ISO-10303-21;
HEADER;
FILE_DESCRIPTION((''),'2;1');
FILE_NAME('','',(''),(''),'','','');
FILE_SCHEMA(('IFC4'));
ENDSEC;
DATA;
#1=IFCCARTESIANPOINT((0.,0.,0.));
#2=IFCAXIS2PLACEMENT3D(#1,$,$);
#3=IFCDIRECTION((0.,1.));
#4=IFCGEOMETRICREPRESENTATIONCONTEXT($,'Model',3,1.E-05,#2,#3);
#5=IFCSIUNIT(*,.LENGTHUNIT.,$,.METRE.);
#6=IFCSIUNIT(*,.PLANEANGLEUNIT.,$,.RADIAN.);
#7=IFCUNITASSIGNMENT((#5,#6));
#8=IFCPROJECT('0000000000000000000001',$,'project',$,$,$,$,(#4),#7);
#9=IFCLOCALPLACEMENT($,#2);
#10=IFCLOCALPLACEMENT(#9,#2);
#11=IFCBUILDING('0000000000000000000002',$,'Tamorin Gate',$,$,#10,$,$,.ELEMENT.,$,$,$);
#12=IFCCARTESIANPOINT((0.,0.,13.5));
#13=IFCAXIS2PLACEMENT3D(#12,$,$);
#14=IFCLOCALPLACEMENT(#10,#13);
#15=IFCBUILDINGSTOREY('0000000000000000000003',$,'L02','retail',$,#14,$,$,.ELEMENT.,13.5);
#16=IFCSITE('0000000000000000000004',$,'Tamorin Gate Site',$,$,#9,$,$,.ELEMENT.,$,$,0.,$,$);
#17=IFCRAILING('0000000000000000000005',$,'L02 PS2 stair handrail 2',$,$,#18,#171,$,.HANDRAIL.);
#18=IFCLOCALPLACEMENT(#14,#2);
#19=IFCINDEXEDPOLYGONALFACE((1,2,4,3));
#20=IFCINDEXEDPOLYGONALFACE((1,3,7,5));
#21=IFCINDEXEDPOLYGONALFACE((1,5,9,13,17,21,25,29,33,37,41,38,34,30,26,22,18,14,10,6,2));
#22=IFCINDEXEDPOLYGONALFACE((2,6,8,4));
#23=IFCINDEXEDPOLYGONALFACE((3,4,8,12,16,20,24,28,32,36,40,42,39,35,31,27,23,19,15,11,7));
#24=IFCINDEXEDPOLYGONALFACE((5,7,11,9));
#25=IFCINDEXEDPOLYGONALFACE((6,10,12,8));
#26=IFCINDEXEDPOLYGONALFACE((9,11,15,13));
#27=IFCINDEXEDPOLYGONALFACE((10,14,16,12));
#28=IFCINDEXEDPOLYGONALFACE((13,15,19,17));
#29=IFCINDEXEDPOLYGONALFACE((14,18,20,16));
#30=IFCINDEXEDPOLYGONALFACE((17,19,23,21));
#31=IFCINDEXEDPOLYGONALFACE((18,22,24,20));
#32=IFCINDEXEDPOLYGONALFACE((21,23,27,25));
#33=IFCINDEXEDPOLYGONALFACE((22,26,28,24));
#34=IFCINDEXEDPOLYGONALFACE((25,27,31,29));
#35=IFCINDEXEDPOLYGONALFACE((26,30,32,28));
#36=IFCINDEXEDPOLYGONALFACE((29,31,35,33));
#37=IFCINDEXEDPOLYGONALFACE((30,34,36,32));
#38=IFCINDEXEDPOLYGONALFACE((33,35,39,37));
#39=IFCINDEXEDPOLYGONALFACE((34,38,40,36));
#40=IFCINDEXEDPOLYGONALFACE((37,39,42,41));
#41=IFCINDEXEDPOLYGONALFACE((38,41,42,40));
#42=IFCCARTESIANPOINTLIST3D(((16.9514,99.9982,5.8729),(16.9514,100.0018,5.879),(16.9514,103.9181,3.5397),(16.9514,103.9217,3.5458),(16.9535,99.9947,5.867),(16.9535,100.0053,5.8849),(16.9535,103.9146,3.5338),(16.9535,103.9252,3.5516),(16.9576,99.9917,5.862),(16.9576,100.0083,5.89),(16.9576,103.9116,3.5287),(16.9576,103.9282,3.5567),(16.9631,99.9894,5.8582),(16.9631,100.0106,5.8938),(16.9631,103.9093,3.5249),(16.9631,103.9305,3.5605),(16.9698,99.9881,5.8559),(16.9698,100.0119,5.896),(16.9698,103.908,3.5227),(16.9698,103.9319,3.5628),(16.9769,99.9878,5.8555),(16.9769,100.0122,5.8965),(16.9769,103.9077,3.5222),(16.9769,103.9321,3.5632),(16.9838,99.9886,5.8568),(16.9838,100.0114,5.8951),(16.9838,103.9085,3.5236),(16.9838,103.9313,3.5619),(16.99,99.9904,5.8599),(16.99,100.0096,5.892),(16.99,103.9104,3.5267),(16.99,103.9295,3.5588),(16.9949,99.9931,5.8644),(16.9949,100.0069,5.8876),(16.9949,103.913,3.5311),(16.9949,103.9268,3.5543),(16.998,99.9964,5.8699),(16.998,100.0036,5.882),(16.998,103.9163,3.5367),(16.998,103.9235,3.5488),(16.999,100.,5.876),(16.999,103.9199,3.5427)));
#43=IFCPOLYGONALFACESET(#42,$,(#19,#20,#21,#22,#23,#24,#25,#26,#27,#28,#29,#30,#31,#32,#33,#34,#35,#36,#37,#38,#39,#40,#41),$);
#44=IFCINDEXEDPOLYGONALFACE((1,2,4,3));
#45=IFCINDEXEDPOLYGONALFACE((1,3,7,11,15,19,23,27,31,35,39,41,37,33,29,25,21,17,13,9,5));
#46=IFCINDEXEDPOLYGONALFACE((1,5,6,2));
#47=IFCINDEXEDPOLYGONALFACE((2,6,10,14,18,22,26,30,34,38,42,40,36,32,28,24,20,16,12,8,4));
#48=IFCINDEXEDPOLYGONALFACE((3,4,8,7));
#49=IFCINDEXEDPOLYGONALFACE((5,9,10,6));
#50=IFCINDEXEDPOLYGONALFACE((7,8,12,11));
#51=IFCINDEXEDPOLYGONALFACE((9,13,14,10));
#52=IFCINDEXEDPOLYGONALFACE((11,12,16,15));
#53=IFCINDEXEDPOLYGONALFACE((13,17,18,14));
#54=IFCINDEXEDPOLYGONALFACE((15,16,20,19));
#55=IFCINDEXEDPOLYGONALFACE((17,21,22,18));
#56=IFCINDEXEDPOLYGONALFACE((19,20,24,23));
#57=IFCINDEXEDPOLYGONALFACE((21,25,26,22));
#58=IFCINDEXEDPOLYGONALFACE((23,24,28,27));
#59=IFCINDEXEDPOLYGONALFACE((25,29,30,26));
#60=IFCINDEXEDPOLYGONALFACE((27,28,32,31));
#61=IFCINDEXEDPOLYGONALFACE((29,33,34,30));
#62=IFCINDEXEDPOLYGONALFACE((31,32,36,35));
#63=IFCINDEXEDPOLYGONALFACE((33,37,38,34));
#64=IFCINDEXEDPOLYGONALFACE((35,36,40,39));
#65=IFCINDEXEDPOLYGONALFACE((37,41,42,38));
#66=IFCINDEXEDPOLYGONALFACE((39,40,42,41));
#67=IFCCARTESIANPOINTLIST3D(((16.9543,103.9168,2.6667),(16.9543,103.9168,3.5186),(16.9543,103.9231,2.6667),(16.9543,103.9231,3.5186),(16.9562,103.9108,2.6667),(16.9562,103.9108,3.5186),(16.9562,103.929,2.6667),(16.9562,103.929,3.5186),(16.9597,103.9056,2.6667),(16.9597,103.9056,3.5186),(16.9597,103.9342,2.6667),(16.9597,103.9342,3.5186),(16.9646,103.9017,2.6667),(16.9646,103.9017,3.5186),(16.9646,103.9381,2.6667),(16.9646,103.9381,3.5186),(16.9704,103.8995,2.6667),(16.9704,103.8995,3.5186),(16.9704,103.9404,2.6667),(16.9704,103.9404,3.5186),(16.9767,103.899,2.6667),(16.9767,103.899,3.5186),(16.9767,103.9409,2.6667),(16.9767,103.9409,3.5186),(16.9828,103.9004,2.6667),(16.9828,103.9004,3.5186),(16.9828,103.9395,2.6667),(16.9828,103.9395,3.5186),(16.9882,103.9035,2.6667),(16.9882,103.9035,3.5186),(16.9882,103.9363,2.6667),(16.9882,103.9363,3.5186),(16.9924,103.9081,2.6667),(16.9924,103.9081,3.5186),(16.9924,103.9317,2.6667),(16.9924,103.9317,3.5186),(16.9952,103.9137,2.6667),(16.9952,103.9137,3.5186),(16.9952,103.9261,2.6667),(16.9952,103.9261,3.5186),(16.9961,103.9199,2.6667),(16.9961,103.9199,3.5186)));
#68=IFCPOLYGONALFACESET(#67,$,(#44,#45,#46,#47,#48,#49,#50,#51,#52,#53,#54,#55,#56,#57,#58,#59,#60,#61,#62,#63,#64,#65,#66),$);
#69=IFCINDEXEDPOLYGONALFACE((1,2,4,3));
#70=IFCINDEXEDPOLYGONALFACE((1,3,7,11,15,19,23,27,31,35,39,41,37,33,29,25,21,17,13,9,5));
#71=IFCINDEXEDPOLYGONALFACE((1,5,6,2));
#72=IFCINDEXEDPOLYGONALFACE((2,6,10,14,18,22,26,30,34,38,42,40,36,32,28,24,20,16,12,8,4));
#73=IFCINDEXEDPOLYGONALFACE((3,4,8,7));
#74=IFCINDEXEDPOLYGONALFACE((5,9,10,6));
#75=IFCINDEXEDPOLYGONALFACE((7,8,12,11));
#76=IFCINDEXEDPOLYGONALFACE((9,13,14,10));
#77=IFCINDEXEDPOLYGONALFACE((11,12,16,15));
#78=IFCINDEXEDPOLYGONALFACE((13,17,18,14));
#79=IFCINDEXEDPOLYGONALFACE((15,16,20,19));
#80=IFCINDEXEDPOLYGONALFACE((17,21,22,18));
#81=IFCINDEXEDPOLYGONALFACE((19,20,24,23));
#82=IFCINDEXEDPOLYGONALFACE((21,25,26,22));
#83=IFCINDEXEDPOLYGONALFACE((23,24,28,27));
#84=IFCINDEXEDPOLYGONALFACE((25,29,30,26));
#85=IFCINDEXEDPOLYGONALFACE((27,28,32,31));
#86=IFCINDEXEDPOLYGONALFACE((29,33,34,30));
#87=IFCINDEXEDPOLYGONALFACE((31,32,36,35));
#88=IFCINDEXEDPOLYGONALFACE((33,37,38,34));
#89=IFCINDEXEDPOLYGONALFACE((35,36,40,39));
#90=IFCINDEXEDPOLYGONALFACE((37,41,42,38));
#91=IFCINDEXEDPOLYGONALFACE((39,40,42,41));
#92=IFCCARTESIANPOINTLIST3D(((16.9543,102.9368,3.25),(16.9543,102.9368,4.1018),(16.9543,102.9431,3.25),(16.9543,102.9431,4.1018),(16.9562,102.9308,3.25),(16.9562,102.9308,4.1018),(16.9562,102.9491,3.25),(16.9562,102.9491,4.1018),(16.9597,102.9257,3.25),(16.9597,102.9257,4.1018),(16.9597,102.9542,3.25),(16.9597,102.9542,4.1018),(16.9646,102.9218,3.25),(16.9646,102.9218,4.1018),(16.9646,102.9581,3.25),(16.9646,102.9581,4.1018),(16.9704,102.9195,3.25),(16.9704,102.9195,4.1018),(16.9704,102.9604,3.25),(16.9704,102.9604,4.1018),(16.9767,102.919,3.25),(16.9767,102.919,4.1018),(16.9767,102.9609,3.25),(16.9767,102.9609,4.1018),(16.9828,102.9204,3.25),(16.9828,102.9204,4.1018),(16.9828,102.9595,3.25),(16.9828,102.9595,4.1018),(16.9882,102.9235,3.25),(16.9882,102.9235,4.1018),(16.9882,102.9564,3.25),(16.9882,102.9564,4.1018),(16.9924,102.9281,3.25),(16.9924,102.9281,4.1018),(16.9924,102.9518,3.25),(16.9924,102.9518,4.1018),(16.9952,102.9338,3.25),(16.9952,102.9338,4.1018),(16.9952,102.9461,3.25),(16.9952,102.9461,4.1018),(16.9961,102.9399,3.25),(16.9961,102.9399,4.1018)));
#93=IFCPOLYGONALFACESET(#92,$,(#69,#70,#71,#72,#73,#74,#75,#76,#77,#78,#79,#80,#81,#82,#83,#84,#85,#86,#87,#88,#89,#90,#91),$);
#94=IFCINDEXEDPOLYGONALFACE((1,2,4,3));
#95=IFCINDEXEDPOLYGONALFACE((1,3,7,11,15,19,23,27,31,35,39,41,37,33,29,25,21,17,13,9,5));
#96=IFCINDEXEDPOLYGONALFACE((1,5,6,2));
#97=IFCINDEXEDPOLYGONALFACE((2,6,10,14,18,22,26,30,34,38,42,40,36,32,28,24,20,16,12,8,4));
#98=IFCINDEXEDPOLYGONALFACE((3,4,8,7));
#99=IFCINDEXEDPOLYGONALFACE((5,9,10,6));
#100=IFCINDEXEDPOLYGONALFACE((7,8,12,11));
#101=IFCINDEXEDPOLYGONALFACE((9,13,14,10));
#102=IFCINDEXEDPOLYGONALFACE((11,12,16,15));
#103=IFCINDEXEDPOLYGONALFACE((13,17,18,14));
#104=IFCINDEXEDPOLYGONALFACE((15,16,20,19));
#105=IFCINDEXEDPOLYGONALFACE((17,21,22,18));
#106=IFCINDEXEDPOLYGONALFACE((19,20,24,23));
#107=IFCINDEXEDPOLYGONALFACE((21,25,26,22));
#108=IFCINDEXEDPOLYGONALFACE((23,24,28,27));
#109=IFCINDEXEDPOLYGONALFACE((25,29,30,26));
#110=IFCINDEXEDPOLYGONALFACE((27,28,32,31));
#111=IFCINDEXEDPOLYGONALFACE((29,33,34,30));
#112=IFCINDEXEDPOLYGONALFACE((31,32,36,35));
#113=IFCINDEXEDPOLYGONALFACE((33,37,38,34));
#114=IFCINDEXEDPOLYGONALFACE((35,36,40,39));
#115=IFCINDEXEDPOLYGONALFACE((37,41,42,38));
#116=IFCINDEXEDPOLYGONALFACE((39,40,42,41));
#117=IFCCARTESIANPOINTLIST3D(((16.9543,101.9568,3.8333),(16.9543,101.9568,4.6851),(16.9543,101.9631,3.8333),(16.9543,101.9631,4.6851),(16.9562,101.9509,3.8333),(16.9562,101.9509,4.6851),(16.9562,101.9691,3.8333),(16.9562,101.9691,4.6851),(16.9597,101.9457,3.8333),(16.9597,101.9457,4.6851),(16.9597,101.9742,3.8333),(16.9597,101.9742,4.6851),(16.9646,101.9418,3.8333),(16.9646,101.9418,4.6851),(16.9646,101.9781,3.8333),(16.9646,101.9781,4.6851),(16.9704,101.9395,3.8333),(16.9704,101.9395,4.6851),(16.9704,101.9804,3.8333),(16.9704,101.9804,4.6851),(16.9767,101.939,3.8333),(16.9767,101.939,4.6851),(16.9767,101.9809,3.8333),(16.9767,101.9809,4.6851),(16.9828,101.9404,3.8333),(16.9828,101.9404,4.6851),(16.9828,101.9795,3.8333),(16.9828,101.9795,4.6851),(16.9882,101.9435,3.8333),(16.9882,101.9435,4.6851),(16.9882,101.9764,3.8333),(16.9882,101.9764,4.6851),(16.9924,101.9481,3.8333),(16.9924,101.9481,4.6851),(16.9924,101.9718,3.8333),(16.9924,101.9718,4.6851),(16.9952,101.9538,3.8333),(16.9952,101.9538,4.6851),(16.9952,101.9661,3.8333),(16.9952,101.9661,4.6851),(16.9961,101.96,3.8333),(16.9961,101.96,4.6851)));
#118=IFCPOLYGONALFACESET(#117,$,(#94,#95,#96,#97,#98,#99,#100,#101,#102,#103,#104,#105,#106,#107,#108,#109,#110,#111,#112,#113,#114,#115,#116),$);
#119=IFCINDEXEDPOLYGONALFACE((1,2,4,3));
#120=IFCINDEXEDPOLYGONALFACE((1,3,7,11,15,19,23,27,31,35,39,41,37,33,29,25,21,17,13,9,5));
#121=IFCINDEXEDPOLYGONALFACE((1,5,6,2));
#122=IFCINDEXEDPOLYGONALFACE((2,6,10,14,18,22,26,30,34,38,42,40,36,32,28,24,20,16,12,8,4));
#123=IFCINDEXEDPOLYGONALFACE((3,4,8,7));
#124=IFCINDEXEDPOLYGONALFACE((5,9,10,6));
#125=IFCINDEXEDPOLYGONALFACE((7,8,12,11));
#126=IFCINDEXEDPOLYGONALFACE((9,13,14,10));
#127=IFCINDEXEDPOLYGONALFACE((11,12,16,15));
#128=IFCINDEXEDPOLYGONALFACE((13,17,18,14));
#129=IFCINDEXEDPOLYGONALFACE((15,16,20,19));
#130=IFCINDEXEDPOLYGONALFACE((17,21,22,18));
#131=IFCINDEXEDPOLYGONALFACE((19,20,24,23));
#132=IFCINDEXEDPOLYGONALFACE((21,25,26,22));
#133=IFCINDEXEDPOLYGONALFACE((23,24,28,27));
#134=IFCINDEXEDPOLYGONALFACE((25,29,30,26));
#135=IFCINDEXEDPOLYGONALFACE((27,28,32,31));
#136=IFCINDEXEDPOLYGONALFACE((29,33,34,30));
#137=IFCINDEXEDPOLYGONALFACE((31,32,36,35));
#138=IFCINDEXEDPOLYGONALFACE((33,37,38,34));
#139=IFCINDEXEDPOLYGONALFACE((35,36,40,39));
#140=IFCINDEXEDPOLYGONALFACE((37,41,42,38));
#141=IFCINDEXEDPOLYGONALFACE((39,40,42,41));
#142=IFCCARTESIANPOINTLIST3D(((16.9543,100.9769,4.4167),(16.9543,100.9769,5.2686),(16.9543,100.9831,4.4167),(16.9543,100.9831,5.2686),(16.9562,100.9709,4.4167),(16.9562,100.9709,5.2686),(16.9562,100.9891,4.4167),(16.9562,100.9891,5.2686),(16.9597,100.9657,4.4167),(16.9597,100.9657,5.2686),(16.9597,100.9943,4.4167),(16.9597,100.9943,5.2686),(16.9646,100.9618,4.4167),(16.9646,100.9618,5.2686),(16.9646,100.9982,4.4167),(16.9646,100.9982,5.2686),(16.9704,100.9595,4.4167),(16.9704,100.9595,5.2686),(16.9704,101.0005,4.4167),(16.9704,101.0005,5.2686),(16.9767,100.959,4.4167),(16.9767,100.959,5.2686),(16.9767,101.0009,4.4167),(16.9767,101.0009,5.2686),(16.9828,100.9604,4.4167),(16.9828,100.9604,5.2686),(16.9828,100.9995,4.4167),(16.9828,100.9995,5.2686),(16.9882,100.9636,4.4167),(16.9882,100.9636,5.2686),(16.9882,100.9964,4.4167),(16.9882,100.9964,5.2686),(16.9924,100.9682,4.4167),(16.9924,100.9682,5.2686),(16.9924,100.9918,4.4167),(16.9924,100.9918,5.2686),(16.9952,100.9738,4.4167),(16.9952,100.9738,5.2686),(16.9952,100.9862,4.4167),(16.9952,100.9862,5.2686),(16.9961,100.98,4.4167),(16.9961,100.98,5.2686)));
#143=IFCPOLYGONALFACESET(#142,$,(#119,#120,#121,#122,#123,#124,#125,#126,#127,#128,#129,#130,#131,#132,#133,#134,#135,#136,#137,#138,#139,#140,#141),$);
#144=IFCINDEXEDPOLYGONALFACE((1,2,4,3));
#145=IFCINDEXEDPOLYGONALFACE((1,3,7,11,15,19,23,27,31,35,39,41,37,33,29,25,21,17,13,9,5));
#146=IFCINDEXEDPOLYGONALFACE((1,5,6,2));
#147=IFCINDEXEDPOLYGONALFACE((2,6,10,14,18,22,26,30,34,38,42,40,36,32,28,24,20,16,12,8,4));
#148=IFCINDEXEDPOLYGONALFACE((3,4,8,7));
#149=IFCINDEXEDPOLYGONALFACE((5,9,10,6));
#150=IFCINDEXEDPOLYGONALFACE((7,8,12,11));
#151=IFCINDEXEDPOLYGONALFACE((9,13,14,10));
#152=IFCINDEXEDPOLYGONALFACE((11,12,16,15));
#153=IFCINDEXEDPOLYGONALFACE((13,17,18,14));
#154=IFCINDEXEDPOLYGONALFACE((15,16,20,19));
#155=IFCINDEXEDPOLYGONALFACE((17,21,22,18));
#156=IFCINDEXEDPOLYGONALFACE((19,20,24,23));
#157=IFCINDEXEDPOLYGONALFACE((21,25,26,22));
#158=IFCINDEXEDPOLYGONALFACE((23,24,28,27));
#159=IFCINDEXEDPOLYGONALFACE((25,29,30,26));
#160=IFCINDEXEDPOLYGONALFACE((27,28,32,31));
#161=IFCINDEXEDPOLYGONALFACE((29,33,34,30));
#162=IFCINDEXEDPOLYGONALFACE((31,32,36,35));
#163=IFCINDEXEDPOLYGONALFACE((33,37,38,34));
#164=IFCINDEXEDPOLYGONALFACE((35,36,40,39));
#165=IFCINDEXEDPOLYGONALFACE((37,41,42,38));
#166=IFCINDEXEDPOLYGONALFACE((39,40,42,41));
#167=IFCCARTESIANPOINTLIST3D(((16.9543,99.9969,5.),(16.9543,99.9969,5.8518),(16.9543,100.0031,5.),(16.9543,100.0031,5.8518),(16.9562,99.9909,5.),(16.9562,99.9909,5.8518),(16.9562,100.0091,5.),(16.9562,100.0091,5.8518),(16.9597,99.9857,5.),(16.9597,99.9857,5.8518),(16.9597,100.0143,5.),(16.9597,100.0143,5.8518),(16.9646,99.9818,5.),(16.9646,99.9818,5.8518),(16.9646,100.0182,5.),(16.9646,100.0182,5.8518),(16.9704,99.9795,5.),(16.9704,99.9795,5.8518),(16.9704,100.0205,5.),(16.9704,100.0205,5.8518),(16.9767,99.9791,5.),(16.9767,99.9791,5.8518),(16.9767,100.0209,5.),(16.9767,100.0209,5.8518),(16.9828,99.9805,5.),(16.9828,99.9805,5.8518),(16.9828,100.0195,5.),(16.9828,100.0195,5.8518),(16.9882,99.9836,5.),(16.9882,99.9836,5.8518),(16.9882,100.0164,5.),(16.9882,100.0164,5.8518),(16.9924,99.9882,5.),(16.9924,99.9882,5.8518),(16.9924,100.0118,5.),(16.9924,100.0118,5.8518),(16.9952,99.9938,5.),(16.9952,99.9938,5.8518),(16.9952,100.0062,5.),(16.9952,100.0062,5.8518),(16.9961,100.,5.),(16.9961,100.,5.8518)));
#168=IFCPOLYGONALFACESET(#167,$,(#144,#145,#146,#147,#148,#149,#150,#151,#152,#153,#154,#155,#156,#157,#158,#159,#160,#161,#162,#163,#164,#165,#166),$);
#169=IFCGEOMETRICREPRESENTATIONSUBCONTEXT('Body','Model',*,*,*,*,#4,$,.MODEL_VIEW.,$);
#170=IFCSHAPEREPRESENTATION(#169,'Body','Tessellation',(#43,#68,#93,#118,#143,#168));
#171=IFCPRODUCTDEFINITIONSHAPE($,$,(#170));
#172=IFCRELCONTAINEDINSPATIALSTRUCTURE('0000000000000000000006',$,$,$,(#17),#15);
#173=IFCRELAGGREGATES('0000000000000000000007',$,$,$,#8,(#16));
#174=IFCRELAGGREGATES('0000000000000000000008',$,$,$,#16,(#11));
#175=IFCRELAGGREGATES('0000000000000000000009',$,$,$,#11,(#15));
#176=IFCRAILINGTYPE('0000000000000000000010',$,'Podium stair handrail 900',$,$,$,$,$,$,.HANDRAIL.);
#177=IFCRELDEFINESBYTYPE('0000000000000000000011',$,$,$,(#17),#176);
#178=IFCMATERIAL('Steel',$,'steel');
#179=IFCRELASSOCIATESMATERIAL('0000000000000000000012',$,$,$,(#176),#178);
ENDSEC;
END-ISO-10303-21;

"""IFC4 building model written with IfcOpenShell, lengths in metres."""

from ifc_helpers import new_model, si_unit, direction, frame, origin, origin_2d, place, context, subcontext, project, spatial, circle, extrude, material, type_object, element, save


model = new_model("IFC4")

# Units and contexts
model_context = context("Model", 3, precision=1e-05, world=origin(), true_north=direction((0.0, 1.0)))
body_context = subcontext(model_context, "Body", "Model", "MODEL_VIEW")
ifc_project = project(units=[si_unit("LENGTHUNIT", "METRE"), si_unit("PLANEANGLEUNIT", "RADIAN")], contexts=[model_context])

# Site, building, storey
site_placement = place(None, origin())
site = spatial("IfcSite", under=ifc_project, at=site_placement, Name="Tamorin Gate Site", CompositionType="ELEMENT", RefElevation=0.0)
building_placement = place(site_placement, origin())
building = spatial("IfcBuilding", under=site, at=building_placement, Name="Tamorin Gate", CompositionType="ELEMENT")
storey_placement = place(building_placement, frame((0.0, 0.0, 13.5)))
storey = spatial("IfcBuildingStorey", under=building, at=storey_placement, Name="L02", Description="retail", CompositionType="ELEMENT", Elevation=13.5)

# Railing
ifc_material_1 = material(Name="Steel", Category="steel")
railing_type_1 = type_object("IfcRailingType", Name="Podium stair handrail 900", PredefinedType="HANDRAIL", material=ifc_material_1)
railing_1_placement = place(storey_placement, frame((16.9751, 103.9199, 2.6667)))
element("IfcRailing", 1, at=railing_1_placement, inside=storey, type_object=railing_type_1, Name="L02 PS2 stair handrail 2", PredefinedType="HANDRAIL", context=body_context, shape_type="SweptSolid", body=[
    extrude(circle(Radius=0.0239, at=origin_2d()), frame((0.0, 0.0, 0.876), z_axis=(0.0, -0.859296, 0.511478), x_axis=(1.0, 0.0, 0.0)), (0.0, 0.0, 1.0), 4.5618),
    extrude(circle(Radius=0.021, at=origin_2d()), origin(), (0.0, 0.0, 1.0), 0.8518),
    extrude(circle(Radius=0.021, at=origin_2d()), frame((0.0, -0.98, 0.5833)), (0.0, 0.0, 1.0), 0.8518),
    extrude(circle(Radius=0.021, at=origin_2d()), frame((0.0, -1.96, 1.1665)), (0.0, 0.0, 1.0), 0.8518),
    extrude(circle(Radius=0.021, at=origin_2d()), frame((0.0, -2.9399, 1.75)), (0.0, 0.0, 1.0), 0.8518),
    extrude(circle(Radius=0.021, at=origin_2d()), frame((0.0, -3.9199, 2.3333)), (0.0, 0.0, 1.0), 0.8518),
])

save(model, "model.ifc")
